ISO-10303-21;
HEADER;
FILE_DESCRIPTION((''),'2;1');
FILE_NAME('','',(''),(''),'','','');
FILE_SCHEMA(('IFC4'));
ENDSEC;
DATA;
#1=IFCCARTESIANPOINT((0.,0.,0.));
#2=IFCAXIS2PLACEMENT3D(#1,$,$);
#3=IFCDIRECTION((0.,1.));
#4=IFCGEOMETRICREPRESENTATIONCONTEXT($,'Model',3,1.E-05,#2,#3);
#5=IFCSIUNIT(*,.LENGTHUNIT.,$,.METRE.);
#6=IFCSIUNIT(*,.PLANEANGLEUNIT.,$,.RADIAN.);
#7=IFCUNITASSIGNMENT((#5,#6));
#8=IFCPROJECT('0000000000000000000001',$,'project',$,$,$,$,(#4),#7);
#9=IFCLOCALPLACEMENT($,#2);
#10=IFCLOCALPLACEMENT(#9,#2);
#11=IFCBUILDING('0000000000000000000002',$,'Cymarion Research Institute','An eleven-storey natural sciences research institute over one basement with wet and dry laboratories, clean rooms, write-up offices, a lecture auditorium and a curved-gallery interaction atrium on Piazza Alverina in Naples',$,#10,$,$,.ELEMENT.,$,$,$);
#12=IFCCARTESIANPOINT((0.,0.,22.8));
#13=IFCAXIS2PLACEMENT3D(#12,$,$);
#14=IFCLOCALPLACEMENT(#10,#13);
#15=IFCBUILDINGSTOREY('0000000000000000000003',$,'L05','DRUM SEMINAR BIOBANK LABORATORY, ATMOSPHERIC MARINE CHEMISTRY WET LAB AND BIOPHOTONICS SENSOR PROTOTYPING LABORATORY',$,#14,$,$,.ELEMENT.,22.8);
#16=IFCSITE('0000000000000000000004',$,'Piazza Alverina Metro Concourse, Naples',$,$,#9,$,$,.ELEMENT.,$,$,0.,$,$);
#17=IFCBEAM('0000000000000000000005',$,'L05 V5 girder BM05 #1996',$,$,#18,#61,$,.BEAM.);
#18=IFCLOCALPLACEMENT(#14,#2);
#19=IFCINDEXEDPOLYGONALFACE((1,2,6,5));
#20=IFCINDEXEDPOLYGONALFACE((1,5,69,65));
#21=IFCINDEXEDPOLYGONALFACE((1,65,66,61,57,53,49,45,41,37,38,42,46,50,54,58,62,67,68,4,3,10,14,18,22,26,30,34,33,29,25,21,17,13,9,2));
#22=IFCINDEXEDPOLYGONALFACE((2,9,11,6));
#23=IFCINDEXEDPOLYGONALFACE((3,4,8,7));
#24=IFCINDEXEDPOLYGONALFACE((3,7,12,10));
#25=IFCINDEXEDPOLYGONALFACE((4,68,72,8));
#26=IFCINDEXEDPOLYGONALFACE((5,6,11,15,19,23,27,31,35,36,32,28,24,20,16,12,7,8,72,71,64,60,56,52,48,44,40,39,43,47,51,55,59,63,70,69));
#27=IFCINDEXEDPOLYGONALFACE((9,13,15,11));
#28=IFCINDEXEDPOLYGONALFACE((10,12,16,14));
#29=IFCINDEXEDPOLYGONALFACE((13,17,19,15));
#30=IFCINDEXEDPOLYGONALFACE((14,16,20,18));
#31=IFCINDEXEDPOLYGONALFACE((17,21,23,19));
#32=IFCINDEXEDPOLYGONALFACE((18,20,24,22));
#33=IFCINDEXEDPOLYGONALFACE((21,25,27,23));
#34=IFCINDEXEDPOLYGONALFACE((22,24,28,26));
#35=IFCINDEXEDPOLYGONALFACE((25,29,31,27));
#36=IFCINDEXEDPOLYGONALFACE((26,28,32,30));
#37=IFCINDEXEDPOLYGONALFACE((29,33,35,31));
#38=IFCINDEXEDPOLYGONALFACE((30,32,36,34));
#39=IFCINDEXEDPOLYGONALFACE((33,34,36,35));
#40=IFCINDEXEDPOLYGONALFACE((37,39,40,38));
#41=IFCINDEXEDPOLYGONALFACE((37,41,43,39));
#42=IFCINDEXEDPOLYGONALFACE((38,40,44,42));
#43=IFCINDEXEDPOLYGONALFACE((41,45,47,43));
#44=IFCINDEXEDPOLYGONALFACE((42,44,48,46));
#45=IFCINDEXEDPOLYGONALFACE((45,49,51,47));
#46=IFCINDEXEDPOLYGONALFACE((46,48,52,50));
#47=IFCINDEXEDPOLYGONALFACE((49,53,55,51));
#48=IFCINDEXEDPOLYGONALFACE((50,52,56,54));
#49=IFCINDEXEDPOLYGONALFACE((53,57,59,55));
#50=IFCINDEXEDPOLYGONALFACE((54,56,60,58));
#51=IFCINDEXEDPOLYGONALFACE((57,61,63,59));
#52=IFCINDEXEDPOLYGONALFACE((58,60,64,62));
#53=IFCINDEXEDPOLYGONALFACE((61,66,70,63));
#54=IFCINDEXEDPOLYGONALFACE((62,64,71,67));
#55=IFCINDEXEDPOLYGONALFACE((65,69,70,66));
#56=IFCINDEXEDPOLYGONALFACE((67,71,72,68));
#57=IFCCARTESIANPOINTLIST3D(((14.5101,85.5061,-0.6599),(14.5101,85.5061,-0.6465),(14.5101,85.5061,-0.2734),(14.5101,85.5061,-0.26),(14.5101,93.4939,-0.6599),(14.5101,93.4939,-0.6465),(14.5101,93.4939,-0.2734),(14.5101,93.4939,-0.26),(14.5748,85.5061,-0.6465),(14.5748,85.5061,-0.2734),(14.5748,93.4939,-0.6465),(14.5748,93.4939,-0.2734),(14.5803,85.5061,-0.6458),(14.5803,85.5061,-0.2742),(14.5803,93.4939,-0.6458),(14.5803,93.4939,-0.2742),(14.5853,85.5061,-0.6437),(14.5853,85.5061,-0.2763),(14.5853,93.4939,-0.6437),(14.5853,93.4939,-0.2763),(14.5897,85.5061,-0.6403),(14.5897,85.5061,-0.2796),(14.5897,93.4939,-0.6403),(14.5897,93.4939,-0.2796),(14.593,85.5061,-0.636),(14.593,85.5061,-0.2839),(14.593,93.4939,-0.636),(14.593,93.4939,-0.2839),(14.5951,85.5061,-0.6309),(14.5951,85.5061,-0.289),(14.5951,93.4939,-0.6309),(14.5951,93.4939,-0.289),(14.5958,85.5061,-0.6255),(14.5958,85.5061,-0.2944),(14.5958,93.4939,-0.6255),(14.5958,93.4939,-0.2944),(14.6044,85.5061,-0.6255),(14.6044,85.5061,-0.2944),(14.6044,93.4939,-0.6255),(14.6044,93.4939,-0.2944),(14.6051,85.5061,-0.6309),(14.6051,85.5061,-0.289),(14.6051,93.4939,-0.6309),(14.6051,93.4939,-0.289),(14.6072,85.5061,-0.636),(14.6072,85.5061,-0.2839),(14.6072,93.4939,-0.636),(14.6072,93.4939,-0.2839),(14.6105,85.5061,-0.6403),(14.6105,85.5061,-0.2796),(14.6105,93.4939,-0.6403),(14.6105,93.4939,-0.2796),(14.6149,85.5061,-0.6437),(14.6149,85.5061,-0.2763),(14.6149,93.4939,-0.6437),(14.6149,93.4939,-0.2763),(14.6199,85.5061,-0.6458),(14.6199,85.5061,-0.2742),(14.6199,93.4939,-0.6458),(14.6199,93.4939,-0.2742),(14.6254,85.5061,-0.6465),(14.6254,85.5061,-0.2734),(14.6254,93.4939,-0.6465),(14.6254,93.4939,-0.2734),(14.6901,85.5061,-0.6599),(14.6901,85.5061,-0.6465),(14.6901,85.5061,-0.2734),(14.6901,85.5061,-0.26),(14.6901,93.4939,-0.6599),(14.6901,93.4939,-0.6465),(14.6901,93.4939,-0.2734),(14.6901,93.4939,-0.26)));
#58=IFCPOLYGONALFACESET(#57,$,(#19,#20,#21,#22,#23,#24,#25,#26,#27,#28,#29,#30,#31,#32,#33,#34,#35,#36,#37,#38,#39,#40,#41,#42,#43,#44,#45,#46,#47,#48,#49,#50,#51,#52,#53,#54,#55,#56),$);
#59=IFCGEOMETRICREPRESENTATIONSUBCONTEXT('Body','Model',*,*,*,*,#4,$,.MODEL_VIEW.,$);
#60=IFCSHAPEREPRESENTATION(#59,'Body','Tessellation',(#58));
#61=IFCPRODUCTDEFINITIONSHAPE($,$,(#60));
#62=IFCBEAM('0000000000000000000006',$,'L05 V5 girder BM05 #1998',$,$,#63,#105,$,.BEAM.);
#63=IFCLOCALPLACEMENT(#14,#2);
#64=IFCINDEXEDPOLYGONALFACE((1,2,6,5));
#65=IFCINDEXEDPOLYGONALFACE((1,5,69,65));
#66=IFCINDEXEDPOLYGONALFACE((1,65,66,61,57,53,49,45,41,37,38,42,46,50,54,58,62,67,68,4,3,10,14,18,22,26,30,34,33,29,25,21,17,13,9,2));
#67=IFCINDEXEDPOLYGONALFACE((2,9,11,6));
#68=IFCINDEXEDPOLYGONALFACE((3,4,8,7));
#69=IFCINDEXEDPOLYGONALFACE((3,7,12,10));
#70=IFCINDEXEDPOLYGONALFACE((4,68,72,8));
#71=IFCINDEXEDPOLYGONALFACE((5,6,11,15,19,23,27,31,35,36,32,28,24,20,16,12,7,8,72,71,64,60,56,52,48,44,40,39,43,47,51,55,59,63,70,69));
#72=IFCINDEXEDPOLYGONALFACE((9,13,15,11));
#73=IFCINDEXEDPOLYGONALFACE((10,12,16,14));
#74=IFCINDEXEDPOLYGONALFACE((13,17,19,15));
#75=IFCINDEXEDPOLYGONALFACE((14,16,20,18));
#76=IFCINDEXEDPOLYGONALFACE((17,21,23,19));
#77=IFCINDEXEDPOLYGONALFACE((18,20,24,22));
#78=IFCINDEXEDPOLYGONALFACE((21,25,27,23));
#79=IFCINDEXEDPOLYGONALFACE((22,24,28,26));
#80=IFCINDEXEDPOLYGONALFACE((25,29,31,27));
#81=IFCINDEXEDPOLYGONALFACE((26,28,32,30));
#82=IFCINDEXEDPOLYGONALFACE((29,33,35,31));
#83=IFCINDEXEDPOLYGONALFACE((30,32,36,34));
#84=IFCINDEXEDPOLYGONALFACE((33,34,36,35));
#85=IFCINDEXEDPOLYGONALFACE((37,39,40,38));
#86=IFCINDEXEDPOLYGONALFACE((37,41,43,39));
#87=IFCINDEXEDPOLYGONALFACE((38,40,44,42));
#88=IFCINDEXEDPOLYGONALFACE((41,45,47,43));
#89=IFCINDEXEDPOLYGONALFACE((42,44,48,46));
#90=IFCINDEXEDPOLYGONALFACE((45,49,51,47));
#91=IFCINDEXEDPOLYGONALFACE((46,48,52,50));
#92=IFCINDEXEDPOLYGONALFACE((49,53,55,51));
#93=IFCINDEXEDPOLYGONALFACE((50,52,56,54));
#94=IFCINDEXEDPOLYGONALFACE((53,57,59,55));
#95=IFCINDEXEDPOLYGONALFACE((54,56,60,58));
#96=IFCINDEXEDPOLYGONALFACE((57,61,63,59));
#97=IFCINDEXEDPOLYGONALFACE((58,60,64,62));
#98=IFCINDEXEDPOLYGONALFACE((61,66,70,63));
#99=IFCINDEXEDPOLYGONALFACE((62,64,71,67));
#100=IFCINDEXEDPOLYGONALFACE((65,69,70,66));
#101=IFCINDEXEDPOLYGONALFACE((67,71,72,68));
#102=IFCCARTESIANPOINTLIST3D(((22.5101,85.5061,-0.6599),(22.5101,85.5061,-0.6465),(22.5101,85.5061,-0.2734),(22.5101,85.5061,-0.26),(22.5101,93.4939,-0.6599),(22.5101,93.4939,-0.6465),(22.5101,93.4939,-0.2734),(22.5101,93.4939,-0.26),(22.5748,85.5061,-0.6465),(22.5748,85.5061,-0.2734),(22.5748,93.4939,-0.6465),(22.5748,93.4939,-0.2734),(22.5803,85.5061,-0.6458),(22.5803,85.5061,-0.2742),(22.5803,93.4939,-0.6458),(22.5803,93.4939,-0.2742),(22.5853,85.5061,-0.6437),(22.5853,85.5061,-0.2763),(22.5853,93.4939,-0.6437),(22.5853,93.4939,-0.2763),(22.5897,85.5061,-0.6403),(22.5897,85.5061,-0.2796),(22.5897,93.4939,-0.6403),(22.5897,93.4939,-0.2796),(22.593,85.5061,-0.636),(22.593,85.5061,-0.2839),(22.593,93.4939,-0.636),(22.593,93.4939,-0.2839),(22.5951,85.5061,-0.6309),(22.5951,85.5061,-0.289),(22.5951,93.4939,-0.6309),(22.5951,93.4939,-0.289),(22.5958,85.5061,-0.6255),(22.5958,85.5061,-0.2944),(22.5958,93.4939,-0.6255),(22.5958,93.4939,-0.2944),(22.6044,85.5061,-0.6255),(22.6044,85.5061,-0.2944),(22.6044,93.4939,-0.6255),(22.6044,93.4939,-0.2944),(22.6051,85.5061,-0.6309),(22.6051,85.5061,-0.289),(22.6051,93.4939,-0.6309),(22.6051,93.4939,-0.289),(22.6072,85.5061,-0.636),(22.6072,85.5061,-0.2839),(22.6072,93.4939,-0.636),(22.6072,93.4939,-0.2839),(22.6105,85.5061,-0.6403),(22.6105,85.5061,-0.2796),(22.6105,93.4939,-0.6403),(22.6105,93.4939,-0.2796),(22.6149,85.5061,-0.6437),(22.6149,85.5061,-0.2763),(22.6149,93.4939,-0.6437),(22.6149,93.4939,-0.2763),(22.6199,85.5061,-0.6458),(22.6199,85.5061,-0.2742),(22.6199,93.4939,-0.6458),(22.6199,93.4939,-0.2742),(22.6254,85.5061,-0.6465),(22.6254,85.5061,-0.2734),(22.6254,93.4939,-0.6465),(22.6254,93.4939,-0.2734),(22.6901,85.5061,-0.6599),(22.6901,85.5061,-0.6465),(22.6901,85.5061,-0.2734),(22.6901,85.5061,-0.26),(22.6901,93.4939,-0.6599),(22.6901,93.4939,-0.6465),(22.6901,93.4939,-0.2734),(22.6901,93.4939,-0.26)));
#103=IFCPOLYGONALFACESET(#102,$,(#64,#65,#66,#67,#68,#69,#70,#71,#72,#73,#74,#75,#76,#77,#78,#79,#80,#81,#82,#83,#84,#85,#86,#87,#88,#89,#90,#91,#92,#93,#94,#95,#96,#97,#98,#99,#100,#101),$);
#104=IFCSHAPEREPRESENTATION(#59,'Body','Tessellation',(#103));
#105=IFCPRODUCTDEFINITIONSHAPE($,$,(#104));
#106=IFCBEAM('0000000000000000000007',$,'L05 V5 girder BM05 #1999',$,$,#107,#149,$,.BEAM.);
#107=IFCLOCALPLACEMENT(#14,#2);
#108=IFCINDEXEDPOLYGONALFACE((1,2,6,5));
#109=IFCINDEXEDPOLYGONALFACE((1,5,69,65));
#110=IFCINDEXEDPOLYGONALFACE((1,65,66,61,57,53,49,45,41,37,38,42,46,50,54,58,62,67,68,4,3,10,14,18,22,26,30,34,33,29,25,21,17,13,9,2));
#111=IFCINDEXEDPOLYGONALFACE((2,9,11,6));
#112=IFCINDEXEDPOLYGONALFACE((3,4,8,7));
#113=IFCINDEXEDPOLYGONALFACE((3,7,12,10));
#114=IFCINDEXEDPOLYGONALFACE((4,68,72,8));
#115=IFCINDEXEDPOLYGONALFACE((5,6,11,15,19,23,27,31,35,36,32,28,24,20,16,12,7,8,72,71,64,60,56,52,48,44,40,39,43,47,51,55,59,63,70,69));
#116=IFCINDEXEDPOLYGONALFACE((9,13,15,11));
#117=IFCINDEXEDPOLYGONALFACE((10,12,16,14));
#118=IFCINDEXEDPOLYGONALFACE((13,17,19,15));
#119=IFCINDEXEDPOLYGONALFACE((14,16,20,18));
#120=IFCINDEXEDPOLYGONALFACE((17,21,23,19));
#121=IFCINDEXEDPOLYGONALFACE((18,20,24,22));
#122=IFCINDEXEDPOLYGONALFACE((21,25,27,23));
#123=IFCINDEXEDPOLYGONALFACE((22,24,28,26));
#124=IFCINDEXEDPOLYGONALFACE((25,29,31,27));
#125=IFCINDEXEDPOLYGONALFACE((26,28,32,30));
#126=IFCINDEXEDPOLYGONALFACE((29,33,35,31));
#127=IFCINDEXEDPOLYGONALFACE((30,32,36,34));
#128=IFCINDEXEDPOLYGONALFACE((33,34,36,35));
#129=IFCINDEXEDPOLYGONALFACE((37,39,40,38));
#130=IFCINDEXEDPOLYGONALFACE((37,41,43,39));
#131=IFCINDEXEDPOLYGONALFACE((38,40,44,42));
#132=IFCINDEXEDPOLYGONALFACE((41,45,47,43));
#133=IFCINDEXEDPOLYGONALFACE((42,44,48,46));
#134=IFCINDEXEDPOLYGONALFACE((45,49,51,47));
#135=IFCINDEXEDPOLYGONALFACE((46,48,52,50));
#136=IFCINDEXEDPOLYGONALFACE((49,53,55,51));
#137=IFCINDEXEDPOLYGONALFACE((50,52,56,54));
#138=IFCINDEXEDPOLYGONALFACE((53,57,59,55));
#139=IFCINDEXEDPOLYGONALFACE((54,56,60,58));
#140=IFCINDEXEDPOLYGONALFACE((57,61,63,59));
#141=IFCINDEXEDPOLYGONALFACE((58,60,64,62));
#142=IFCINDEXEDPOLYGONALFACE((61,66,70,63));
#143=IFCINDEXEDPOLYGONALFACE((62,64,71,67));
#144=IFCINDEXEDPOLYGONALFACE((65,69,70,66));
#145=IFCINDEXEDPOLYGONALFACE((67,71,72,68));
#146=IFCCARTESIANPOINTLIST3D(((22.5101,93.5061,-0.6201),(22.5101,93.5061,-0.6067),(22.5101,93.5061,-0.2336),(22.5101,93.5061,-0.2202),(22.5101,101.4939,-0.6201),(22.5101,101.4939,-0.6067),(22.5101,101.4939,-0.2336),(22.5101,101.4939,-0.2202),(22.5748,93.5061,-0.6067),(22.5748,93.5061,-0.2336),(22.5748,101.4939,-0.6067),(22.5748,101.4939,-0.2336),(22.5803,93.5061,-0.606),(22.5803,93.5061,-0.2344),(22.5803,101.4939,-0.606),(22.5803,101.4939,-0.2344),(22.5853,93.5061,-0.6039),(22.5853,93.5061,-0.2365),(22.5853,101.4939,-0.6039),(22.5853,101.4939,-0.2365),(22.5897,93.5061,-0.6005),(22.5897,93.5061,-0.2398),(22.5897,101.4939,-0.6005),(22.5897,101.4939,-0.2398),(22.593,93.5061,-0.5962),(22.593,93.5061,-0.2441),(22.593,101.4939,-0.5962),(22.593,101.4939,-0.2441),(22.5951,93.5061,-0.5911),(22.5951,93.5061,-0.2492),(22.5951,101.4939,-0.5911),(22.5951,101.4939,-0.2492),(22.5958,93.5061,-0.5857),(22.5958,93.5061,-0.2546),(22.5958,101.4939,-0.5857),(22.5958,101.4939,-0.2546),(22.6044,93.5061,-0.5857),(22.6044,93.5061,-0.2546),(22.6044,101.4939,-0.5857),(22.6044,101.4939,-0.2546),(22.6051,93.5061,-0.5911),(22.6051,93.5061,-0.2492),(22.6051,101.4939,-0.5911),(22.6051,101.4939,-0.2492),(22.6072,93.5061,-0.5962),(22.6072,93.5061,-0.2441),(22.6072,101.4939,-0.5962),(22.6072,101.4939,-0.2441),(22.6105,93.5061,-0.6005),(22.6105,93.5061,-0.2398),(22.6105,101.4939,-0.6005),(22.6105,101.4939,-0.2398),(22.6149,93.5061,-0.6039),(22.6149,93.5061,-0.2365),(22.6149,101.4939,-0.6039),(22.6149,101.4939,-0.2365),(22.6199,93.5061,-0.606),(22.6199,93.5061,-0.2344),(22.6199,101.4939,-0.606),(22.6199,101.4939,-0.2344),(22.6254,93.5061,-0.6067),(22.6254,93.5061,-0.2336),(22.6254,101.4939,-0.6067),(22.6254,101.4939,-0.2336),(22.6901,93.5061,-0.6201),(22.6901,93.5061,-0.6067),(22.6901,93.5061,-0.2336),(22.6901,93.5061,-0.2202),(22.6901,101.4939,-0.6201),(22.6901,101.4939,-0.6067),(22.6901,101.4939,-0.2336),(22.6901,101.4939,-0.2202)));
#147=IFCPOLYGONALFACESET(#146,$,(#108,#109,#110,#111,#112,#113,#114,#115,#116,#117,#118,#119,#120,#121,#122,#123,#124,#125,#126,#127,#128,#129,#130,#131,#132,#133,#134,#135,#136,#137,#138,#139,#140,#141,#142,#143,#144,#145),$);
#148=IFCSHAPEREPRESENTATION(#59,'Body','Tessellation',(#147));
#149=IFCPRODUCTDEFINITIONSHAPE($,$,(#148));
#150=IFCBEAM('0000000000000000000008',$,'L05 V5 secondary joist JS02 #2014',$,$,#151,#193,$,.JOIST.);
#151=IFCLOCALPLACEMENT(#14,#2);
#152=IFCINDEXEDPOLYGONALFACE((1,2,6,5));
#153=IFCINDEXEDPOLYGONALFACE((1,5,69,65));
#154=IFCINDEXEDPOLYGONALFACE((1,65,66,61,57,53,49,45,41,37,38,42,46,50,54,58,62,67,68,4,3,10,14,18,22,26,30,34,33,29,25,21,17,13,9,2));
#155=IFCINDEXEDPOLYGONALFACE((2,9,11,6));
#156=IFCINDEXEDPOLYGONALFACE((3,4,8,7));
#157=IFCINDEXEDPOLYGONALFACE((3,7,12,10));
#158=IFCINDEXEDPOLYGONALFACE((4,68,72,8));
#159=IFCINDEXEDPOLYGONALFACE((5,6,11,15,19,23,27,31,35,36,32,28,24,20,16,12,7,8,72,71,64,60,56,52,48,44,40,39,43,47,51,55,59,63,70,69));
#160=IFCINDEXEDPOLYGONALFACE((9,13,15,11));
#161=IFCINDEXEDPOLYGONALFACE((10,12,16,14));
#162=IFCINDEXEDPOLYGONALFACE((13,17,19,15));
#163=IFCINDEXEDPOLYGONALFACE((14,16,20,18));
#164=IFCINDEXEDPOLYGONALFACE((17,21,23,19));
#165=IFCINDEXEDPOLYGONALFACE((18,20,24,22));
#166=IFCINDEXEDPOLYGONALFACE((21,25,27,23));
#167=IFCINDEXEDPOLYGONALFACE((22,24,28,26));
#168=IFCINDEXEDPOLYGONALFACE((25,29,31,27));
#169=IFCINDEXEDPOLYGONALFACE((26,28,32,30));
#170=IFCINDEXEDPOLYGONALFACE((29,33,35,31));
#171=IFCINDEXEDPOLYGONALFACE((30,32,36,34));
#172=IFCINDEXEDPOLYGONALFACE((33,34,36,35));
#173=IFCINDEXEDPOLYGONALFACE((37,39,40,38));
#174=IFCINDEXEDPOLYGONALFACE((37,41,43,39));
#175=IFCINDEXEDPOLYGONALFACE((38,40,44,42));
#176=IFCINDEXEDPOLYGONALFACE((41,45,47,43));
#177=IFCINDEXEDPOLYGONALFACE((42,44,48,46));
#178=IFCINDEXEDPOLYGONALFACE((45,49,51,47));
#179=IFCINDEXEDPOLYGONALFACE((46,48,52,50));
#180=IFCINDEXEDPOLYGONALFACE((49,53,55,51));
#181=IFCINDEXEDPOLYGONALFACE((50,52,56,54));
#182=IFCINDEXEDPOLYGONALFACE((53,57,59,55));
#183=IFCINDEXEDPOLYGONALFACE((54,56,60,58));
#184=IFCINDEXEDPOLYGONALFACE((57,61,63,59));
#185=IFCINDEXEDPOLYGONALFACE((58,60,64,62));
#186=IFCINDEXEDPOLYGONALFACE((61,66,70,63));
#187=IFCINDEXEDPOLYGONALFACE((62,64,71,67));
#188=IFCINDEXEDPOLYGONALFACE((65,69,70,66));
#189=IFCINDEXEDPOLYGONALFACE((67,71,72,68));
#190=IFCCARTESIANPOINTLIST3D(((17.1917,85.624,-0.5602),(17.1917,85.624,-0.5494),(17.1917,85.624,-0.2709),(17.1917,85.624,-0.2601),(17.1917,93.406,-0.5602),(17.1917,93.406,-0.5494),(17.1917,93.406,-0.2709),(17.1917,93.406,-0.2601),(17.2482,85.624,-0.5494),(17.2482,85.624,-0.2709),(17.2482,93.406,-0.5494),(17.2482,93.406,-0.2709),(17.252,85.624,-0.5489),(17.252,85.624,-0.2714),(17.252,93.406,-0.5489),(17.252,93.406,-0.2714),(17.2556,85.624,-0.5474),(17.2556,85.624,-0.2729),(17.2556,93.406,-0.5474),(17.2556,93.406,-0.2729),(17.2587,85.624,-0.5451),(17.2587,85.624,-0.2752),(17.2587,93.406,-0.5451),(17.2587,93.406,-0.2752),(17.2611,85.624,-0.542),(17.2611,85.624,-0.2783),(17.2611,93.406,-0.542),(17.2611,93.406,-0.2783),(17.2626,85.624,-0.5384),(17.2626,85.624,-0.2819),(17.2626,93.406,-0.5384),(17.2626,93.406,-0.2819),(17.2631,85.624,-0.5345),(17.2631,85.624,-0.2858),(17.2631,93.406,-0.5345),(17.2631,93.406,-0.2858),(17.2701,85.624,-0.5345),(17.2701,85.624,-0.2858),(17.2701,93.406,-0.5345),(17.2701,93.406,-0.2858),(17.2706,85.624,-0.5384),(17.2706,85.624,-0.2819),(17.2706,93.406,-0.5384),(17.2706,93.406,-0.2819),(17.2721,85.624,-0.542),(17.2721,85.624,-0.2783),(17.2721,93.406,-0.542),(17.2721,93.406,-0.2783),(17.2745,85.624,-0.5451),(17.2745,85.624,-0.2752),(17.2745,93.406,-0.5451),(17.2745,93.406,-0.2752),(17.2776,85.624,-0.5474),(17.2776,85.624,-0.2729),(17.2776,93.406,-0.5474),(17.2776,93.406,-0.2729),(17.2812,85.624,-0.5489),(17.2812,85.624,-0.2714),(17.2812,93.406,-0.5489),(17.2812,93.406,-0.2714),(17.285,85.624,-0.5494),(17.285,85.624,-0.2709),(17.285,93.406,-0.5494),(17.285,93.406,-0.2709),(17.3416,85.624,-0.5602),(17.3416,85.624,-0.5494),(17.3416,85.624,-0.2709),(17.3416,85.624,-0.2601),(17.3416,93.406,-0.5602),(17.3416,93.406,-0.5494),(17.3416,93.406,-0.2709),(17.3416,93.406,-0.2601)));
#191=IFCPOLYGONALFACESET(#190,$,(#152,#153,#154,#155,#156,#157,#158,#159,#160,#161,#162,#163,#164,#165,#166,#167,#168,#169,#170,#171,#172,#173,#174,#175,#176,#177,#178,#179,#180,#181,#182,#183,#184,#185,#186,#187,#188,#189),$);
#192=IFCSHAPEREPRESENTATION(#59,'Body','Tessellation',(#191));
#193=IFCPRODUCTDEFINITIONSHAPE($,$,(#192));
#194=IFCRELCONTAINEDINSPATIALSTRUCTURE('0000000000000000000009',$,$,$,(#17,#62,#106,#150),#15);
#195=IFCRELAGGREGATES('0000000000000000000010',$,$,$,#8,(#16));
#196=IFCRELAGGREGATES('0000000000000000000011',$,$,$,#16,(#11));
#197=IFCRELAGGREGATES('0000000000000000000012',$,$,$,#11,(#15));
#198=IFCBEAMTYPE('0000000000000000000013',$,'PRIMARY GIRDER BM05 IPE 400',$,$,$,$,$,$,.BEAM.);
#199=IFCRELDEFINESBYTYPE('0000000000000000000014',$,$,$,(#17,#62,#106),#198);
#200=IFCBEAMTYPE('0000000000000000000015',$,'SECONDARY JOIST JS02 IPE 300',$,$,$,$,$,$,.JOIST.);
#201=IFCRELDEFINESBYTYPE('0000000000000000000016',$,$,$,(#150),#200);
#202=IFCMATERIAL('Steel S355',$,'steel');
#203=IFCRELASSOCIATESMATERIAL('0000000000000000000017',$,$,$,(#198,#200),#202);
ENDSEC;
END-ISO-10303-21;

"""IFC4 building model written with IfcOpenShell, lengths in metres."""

from ifc_helpers import new_model, si_unit, direction, frame, origin, origin_2d, place, context, subcontext, project, spatial, i_section, extrude, material, material_profile, profile_set, type_object, element, save


model = new_model("IFC4")

# Units and contexts
model_context = context("Model", 3, precision=1e-05, world=origin(), true_north=direction((0.0, 1.0)))
body_context = subcontext(model_context, "Body", "Model", "MODEL_VIEW")
ifc_project = project(units=[si_unit("LENGTHUNIT", "METRE"), si_unit("PLANEANGLEUNIT", "RADIAN")], contexts=[model_context])

# Site, building, storey
site_placement = place(None, origin())
site = spatial("IfcSite", under=ifc_project, at=site_placement, Name="Piazza Alverina Metro Concourse, Naples", CompositionType="ELEMENT", RefElevation=0.0)
building_placement = place(site_placement, origin())
building = spatial("IfcBuilding", under=site, at=building_placement, Name="Cymarion Research Institute", Description="An eleven-storey natural sciences research institute over one basement with wet and dry laboratories, clean rooms, write-up offices, a lecture auditorium and a curved-gallery interaction atrium on Piazza Alverina in Naples", CompositionType="ELEMENT")
storey_placement = place(building_placement, frame((0.0, 0.0, 22.8)))
storey = spatial("IfcBuildingStorey", under=building, at=storey_placement, Name="L05", Description="DRUM SEMINAR BIOBANK LABORATORY, ATMOSPHERIC MARINE CHEMISTRY WET LAB AND BIOPHOTONICS SENSOR PROTOTYPING LABORATORY", CompositionType="ELEMENT", Elevation=22.8)

# Shared definitions
ifc_material_1 = material(Name="Steel S355", Category="steel")

# Beams
ifc_material_profile_1 = material_profile(ifc_material_1, i_section(OverallWidth=0.1799, OverallDepth=0.3999, WebThickness=0.0085, FlangeThickness=0.0134, FilletRadius=0.021, at=origin_2d()), Name="IPE 400")
ifc_profile_set_1 = profile_set([ifc_material_profile_1], Name="Steel S355")
beam_type_1 = type_object("IfcBeamType", Name="PRIMARY GIRDER BM05 IPE 400", PredefinedType="BEAM", material=ifc_profile_set_1)
for number, where, z_axis, x_axis, name in (
    (1, (14.6001, 85.5061, -0.46), (0.0, 1.0, 0.0), (-1.0, 0.0, 0.0), "L05 V5 girder BM05 #1996"),
    (2, (22.6001, 85.5061, -0.46), (0.0, 1.0, 0.0), (-1.0, 0.0, 0.0), "L05 V5 girder BM05 #1998"),
    (3, (22.6001, 93.5061, -0.4202), (0.0, 1.0, 0.0), (-1.0, 0.0, 0.0), "L05 V5 girder BM05 #1999"),
):
    element("IfcBeam", number, at=place(storey_placement, frame(where, z_axis=z_axis, x_axis=x_axis)), inside=storey, type_object=beam_type_1, Name=name, PredefinedType="BEAM", context=body_context, shape_type="SweptSolid", body=[
        extrude(i_section(OverallWidth=0.1799, OverallDepth=0.3999, WebThickness=0.0085, FlangeThickness=0.0134, FilletRadius=0.021, at=origin_2d()), origin(), (0.0, 0.0, 1.0), 7.9878),
    ])
ifc_material_profile_2 = material_profile(ifc_material_1, i_section(OverallWidth=0.1499, OverallDepth=0.3, WebThickness=0.0071, FlangeThickness=0.0107, FilletRadius=0.0149, at=origin_2d()), Name="IPE 300")
ifc_profile_set_2 = profile_set([ifc_material_profile_2], Name="Steel S355")
beam_type_2 = type_object("IfcBeamType", Name="SECONDARY JOIST JS02 IPE 300", PredefinedType="JOIST", material=ifc_profile_set_2)
for number, where, z_axis, x_axis, name in (
    (4, (17.2666, 85.624, -0.4102), (0.0, 1.0, 0.0), (-1.0, 0.0, 0.0), "L05 V5 secondary joist JS02 #2014"),
):
    element("IfcBeam", number, at=place(storey_placement, frame(where, z_axis=z_axis, x_axis=x_axis)), inside=storey, type_object=beam_type_2, Name=name, PredefinedType="JOIST", context=body_context, shape_type="SweptSolid", body=[
        extrude(i_section(OverallWidth=0.1499, OverallDepth=0.3, WebThickness=0.0071, FlangeThickness=0.0107, FilletRadius=0.0149, at=origin_2d()), origin(), (0.0, 0.0, 1.0), 7.782),
    ])

save(model, "model.ifc")
